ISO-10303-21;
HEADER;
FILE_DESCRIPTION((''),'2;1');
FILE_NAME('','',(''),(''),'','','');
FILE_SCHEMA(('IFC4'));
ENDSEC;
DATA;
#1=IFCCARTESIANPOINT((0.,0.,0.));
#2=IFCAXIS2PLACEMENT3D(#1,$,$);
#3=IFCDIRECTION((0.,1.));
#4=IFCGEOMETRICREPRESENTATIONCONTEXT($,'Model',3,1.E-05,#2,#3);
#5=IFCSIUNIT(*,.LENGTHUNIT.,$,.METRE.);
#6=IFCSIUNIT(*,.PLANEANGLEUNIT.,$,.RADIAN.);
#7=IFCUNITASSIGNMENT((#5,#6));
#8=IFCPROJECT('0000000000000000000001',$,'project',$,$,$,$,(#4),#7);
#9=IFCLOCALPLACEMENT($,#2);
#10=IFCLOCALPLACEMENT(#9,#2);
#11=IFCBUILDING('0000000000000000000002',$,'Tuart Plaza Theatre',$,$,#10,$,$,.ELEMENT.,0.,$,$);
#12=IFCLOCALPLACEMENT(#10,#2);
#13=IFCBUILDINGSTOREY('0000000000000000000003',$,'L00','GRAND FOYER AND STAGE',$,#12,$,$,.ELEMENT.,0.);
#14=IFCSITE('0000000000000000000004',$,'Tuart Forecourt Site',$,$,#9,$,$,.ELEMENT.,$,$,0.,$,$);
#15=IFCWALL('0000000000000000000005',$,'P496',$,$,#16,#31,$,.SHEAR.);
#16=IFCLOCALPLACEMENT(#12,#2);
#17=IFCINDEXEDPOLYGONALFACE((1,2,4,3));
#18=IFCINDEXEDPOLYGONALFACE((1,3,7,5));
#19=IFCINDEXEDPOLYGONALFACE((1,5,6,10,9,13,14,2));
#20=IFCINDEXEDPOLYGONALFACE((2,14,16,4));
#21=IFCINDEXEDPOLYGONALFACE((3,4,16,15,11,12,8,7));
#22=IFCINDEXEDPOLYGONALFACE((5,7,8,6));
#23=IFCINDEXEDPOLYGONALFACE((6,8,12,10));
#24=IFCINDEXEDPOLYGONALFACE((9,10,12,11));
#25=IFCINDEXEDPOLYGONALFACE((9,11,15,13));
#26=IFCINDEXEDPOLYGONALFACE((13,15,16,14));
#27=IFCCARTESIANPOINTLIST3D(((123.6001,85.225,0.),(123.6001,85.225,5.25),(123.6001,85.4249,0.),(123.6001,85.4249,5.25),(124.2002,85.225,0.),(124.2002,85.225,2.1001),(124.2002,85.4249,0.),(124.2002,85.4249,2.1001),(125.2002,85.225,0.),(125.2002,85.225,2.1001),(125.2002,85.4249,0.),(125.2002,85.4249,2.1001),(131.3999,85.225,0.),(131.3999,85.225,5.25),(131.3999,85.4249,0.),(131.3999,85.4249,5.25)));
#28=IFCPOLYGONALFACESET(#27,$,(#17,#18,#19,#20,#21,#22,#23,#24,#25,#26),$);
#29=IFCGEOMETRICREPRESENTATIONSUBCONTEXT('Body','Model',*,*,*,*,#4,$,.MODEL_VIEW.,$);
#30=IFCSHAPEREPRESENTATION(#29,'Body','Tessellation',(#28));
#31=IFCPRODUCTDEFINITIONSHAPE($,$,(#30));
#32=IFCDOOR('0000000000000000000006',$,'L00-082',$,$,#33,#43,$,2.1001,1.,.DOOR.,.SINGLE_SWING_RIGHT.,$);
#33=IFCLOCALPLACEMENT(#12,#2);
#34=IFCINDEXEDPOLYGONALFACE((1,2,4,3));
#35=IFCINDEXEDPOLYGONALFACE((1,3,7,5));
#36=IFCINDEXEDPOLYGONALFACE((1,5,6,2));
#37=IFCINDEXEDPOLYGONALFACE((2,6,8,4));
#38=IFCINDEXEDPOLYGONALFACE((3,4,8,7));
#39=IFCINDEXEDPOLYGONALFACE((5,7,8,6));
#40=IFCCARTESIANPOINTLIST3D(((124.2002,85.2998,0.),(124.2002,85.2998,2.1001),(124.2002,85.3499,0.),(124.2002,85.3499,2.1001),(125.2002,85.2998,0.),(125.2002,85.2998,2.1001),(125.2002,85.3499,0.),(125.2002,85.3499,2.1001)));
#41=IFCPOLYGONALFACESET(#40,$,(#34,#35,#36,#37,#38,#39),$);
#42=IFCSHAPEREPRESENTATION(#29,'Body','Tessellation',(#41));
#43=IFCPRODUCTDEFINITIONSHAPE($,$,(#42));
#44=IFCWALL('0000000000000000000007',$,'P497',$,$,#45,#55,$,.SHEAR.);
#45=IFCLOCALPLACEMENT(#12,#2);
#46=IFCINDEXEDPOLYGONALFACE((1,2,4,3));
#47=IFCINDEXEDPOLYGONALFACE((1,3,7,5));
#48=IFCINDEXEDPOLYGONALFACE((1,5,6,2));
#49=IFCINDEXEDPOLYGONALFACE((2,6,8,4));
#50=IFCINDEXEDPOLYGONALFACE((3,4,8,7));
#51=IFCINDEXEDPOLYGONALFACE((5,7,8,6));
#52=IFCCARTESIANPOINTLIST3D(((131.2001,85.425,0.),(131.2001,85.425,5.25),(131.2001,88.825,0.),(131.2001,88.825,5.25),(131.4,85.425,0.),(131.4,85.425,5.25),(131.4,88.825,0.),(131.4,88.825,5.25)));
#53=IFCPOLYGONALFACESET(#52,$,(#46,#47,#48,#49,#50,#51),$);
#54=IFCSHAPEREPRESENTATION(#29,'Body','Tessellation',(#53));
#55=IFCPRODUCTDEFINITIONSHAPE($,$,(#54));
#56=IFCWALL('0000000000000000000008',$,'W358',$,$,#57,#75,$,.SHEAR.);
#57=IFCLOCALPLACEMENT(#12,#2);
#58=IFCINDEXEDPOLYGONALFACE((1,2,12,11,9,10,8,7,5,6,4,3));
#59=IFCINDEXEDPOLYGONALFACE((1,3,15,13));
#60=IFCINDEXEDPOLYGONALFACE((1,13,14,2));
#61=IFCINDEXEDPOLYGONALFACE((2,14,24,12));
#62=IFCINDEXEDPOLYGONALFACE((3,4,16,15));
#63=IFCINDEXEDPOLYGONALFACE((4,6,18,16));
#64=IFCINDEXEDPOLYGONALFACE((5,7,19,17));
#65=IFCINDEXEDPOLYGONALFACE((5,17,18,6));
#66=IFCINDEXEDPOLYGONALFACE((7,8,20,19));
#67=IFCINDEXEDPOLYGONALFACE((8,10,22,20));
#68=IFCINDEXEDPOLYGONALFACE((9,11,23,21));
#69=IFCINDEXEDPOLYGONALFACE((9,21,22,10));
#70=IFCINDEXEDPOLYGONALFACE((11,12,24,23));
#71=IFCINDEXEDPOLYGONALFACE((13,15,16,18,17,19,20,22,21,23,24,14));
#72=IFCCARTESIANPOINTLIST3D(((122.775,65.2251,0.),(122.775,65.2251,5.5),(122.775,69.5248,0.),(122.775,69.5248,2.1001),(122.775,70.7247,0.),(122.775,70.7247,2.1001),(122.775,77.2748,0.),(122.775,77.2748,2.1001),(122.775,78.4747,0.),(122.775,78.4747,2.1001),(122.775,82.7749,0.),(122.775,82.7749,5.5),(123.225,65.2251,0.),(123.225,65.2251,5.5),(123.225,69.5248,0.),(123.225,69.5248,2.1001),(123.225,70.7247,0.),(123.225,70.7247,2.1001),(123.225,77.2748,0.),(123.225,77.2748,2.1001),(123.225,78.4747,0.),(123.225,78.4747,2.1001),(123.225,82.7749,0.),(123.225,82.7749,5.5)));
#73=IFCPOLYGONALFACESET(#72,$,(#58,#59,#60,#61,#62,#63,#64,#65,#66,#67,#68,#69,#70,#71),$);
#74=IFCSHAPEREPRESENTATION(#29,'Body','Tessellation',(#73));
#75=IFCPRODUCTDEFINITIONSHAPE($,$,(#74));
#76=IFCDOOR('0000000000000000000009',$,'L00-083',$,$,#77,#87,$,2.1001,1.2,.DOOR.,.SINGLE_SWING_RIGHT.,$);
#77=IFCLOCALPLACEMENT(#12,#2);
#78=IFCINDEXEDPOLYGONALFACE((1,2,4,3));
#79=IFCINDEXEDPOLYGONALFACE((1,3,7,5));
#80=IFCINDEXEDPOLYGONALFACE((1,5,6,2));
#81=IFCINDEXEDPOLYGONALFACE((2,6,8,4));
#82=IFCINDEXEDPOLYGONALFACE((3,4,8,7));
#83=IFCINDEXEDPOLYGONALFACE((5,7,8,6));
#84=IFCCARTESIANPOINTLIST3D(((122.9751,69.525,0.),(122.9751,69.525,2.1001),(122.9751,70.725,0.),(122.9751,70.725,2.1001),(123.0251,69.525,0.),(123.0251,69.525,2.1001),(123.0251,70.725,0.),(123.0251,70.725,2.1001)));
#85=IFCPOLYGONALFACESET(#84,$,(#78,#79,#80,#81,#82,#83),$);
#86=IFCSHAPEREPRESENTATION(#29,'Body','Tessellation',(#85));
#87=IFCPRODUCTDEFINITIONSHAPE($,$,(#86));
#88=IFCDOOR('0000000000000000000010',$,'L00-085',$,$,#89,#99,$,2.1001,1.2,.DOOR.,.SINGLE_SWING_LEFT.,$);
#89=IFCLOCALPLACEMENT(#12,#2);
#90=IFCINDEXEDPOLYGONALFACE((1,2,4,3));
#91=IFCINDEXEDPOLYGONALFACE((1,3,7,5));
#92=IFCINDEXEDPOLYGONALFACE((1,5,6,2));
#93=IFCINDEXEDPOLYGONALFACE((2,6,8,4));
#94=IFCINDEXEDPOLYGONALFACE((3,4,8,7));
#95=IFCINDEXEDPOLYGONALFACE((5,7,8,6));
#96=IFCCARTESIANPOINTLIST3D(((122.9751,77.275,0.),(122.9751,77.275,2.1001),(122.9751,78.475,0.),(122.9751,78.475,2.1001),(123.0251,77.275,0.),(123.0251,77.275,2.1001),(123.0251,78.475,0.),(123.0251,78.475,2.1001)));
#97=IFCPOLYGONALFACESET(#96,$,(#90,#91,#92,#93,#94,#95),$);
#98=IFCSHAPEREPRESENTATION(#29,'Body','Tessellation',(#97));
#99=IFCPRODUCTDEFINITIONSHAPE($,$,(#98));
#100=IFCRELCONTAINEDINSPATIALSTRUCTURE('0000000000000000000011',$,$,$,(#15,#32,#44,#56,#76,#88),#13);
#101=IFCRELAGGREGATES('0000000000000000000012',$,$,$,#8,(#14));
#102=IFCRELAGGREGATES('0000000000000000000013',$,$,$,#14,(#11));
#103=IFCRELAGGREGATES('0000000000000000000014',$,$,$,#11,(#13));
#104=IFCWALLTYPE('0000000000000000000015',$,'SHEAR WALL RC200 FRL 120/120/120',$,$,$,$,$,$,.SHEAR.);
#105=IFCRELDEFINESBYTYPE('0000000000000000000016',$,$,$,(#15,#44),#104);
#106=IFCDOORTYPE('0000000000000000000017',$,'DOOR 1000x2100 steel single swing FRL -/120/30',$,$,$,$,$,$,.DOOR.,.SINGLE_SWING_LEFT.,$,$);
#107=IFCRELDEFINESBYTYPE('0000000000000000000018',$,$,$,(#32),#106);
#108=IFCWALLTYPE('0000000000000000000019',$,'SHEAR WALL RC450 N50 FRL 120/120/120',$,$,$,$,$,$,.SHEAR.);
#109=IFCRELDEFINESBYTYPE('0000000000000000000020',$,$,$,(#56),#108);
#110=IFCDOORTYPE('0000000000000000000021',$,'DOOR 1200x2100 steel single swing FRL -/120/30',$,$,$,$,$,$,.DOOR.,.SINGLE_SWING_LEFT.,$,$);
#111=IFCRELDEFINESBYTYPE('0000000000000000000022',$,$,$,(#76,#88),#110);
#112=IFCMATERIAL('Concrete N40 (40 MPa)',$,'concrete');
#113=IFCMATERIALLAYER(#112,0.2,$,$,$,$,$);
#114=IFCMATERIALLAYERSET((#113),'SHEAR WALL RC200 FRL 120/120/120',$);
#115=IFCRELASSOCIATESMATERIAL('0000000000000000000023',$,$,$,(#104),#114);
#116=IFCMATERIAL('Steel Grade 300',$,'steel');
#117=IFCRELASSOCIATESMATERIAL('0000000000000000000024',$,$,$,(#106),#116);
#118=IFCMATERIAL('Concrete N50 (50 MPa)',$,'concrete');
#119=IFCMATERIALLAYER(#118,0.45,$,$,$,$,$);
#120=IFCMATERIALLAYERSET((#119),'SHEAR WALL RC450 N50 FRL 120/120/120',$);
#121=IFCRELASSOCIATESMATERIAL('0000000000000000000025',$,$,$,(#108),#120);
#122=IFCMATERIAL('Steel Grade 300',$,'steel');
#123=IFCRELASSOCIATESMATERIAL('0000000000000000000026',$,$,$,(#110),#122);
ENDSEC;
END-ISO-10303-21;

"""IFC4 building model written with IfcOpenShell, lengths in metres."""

from ifc_helpers import new_model, si_unit, direction, frame, frame_2d, origin, place, context, subcontext, project, spatial, rectangle, extrude, material, layer, layer_set, type_object, element, fill, save


model = new_model("IFC4")

# Units and contexts
model_context = context("Model", 3, precision=1e-05, world=origin(), true_north=direction((0.0, 1.0)))
body_context = subcontext(model_context, "Body", "Model", "MODEL_VIEW")
ifc_project = project(units=[si_unit("LENGTHUNIT", "METRE"), si_unit("PLANEANGLEUNIT", "RADIAN")], contexts=[model_context])

# Site, building, storey
site_placement = place(None, origin())
site = spatial("IfcSite", under=ifc_project, at=site_placement, Name="Tuart Forecourt Site", CompositionType="ELEMENT", RefElevation=0.0)
building_placement = place(site_placement, origin())
building = spatial("IfcBuilding", under=site, at=building_placement, Name="Tuart Plaza Theatre", CompositionType="ELEMENT", ElevationOfRefHeight=0.0)
storey_placement = place(building_placement, origin())
storey = spatial("IfcBuildingStorey", under=building, at=storey_placement, Name="L00", Description="GRAND FOYER AND STAGE", CompositionType="ELEMENT", Elevation=0.0)

# Shared definitions
ifc_material_1 = material(Name="Concrete N40 (40 MPa)", Category="concrete")
ifc_layer_1 = layer(ifc_material_1, 0.2)
ifc_layer_set_1 = layer_set([ifc_layer_1], Name="SHEAR WALL RC200 FRL 120/120/120")
wall_type_1 = type_object("IfcWallType", Name="SHEAR WALL RC200 FRL 120/120/120", PredefinedType="SHEAR", material=ifc_layer_set_1)

# Wall, opening, door
wall_1_placement = place(storey_placement, frame((123.6001, 85.325, 0.0), z_axis=(0.0, 0.0, 1.0), x_axis=(1.0, 0.0, 0.0)))
wall_1 = element("IfcWall", 1, at=wall_1_placement, inside=storey, type_object=wall_type_1, Name="P496", PredefinedType="SHEAR", context=body_context, shape_type="SweptSolid", body=[
    extrude(rectangle(XDim=7.7998, YDim=0.2, at=frame_2d((3.8999, 0.0))), origin(), (0.0, 0.0, 1.0), 5.25),
])
opening_1_placement = place(wall_1_placement, frame((0.6001, 0.0, 0.0)))
opening_1 = element("IfcOpeningElement", 2, at=opening_1_placement, cuts=wall_1, PredefinedType="OPENING", context=body_context, shape_type="SweptSolid", body=[
    extrude(rectangle(XDim=1.0, YDim=2.1001, at=frame_2d((0.5, 1.05))), frame((0.0, 0.1099, 0.0), z_axis=(0.0, -1.0, 0.0), x_axis=(1.0, 0.0, 0.0)), (0.0, 0.0, 1.0), 0.22),
])
ifc_material_2 = material(Name="Steel Grade 300", Category="steel")
door_type_1 = type_object("IfcDoorType", Name="DOOR 1000x2100 steel single swing FRL -/120/30", OperationType="SINGLE_SWING_LEFT", PredefinedType="DOOR", material=ifc_material_2)
door_1_placement = place(opening_1_placement, origin())
door_1 = element("IfcDoor", 3, at=door_1_placement, inside=storey, type_object=door_type_1, Name="L00-082", OperationType="SINGLE_SWING_RIGHT", OverallHeight=2.1001, OverallWidth=1.0, PredefinedType="DOOR", context=body_context, shape_type="SweptSolid", body=[
    extrude(rectangle(XDim=1.0, YDim=2.1001, at=frame_2d((0.5, 1.05))), frame((0.0, 0.0249, 0.0), z_axis=(0.0, -1.0, 0.0), x_axis=(1.0, 0.0, 0.0)), (0.0, 0.0, 1.0), 0.05),
])
fill(opening_1, door_1)

# Wall
wall_2_placement = place(storey_placement, frame((131.3, 85.425, 0.0), z_axis=(0.0, 0.0, 1.0), x_axis=(0.0, 1.0, 0.0)))
element("IfcWall", 4, at=wall_2_placement, inside=storey, type_object=wall_type_1, Name="P497", PredefinedType="SHEAR", context=body_context, shape_type="SweptSolid", body=[
    extrude(rectangle(XDim=3.3999, YDim=0.2, at=frame_2d((1.7, 0.0))), origin(), (0.0, 0.0, 1.0), 5.25),
])

# Wall, openings, doors
ifc_material_3 = material(Name="Concrete N50 (50 MPa)", Category="concrete")
ifc_layer_2 = layer(ifc_material_3, 0.45)
ifc_layer_set_2 = layer_set([ifc_layer_2], Name="SHEAR WALL RC450 N50 FRL 120/120/120")
wall_type_2 = type_object("IfcWallType", Name="SHEAR WALL RC450 N50 FRL 120/120/120", PredefinedType="SHEAR", material=ifc_layer_set_2)
wall_3_placement = place(storey_placement, frame((123.0, 82.7749, 0.0), z_axis=(0.0, 0.0, 1.0), x_axis=(0.0, -1.0, 0.0)))
wall_3 = element("IfcWall", 5, at=wall_3_placement, inside=storey, type_object=wall_type_2, Name="W358", PredefinedType="SHEAR", context=body_context, shape_type="SweptSolid", body=[
    extrude(rectangle(XDim=17.5498, YDim=0.45, at=frame_2d((8.7749, 0.0))), origin(), (0.0, 0.0, 1.0), 5.5),
])
opening_2_placement = place(wall_3_placement, frame((12.05, 0.0, 0.0)))
opening_2 = element("IfcOpeningElement", 6, at=opening_2_placement, cuts=wall_3, PredefinedType="OPENING", context=body_context, shape_type="SweptSolid", body=[
    extrude(rectangle(XDim=1.2, YDim=2.1001, at=frame_2d((0.6001, 1.05))), frame((0.0, 0.2349, 0.0), z_axis=(0.0, -1.0, 0.0), x_axis=(1.0, 0.0, 0.0)), (0.0, 0.0, 1.0), 0.47),
])
opening_3_placement = place(wall_3_placement, frame((4.3, 0.0, 0.0)))
opening_3 = element("IfcOpeningElement", 7, at=opening_3_placement, cuts=wall_3, PredefinedType="OPENING", context=body_context, shape_type="SweptSolid", body=[
    extrude(rectangle(XDim=1.2, YDim=2.1001, at=frame_2d((0.6001, 1.05))), frame((0.0, 0.2349, 0.0), z_axis=(0.0, -1.0, 0.0), x_axis=(1.0, 0.0, 0.0)), (0.0, 0.0, 1.0), 0.47),
])
ifc_material_4 = material(Name="Steel Grade 300", Category="steel")
door_type_2 = type_object("IfcDoorType", Name="DOOR 1200x2100 steel single swing FRL -/120/30", OperationType="SINGLE_SWING_LEFT", PredefinedType="DOOR", material=ifc_material_4)
door_2_placement = place(opening_2_placement, frame((1.2, 0.0, 0.0), z_axis=(0.0, 0.0, 1.0), x_axis=(-1.0, 0.0, 0.0)))
door_2 = element("IfcDoor", 8, at=door_2_placement, inside=storey, type_object=door_type_2, Name="L00-083", OperationType="SINGLE_SWING_RIGHT", OverallHeight=2.1001, OverallWidth=1.2, PredefinedType="DOOR", context=body_context, shape_type="SweptSolid", body=[
    extrude(rectangle(XDim=1.2, YDim=2.1001, at=frame_2d((0.6001, 1.05))), frame((0.0, 0.0249, 0.0), z_axis=(0.0, -1.0, 0.0), x_axis=(1.0, 0.0, 0.0)), (0.0, 0.0, 1.0), 0.05),
])
fill(opening_2, door_2)
door_3_placement = place(opening_3_placement, frame((1.2, 0.0, 0.0), z_axis=(0.0, 0.0, 1.0), x_axis=(-1.0, 0.0, 0.0)))
door_3 = element("IfcDoor", 9, at=door_3_placement, inside=storey, type_object=door_type_2, Name="L00-085", OperationType="SINGLE_SWING_LEFT", OverallHeight=2.1001, OverallWidth=1.2, PredefinedType="DOOR", context=body_context, shape_type="SweptSolid", body=[
    extrude(rectangle(XDim=1.2, YDim=2.1001, at=frame_2d((0.6001, 1.05))), frame((0.0, 0.0249, 0.0), z_axis=(0.0, -1.0, 0.0), x_axis=(1.0, 0.0, 0.0)), (0.0, 0.0, 1.0), 0.05),
])
fill(opening_3, door_3)

save(model, "model.ifc")
